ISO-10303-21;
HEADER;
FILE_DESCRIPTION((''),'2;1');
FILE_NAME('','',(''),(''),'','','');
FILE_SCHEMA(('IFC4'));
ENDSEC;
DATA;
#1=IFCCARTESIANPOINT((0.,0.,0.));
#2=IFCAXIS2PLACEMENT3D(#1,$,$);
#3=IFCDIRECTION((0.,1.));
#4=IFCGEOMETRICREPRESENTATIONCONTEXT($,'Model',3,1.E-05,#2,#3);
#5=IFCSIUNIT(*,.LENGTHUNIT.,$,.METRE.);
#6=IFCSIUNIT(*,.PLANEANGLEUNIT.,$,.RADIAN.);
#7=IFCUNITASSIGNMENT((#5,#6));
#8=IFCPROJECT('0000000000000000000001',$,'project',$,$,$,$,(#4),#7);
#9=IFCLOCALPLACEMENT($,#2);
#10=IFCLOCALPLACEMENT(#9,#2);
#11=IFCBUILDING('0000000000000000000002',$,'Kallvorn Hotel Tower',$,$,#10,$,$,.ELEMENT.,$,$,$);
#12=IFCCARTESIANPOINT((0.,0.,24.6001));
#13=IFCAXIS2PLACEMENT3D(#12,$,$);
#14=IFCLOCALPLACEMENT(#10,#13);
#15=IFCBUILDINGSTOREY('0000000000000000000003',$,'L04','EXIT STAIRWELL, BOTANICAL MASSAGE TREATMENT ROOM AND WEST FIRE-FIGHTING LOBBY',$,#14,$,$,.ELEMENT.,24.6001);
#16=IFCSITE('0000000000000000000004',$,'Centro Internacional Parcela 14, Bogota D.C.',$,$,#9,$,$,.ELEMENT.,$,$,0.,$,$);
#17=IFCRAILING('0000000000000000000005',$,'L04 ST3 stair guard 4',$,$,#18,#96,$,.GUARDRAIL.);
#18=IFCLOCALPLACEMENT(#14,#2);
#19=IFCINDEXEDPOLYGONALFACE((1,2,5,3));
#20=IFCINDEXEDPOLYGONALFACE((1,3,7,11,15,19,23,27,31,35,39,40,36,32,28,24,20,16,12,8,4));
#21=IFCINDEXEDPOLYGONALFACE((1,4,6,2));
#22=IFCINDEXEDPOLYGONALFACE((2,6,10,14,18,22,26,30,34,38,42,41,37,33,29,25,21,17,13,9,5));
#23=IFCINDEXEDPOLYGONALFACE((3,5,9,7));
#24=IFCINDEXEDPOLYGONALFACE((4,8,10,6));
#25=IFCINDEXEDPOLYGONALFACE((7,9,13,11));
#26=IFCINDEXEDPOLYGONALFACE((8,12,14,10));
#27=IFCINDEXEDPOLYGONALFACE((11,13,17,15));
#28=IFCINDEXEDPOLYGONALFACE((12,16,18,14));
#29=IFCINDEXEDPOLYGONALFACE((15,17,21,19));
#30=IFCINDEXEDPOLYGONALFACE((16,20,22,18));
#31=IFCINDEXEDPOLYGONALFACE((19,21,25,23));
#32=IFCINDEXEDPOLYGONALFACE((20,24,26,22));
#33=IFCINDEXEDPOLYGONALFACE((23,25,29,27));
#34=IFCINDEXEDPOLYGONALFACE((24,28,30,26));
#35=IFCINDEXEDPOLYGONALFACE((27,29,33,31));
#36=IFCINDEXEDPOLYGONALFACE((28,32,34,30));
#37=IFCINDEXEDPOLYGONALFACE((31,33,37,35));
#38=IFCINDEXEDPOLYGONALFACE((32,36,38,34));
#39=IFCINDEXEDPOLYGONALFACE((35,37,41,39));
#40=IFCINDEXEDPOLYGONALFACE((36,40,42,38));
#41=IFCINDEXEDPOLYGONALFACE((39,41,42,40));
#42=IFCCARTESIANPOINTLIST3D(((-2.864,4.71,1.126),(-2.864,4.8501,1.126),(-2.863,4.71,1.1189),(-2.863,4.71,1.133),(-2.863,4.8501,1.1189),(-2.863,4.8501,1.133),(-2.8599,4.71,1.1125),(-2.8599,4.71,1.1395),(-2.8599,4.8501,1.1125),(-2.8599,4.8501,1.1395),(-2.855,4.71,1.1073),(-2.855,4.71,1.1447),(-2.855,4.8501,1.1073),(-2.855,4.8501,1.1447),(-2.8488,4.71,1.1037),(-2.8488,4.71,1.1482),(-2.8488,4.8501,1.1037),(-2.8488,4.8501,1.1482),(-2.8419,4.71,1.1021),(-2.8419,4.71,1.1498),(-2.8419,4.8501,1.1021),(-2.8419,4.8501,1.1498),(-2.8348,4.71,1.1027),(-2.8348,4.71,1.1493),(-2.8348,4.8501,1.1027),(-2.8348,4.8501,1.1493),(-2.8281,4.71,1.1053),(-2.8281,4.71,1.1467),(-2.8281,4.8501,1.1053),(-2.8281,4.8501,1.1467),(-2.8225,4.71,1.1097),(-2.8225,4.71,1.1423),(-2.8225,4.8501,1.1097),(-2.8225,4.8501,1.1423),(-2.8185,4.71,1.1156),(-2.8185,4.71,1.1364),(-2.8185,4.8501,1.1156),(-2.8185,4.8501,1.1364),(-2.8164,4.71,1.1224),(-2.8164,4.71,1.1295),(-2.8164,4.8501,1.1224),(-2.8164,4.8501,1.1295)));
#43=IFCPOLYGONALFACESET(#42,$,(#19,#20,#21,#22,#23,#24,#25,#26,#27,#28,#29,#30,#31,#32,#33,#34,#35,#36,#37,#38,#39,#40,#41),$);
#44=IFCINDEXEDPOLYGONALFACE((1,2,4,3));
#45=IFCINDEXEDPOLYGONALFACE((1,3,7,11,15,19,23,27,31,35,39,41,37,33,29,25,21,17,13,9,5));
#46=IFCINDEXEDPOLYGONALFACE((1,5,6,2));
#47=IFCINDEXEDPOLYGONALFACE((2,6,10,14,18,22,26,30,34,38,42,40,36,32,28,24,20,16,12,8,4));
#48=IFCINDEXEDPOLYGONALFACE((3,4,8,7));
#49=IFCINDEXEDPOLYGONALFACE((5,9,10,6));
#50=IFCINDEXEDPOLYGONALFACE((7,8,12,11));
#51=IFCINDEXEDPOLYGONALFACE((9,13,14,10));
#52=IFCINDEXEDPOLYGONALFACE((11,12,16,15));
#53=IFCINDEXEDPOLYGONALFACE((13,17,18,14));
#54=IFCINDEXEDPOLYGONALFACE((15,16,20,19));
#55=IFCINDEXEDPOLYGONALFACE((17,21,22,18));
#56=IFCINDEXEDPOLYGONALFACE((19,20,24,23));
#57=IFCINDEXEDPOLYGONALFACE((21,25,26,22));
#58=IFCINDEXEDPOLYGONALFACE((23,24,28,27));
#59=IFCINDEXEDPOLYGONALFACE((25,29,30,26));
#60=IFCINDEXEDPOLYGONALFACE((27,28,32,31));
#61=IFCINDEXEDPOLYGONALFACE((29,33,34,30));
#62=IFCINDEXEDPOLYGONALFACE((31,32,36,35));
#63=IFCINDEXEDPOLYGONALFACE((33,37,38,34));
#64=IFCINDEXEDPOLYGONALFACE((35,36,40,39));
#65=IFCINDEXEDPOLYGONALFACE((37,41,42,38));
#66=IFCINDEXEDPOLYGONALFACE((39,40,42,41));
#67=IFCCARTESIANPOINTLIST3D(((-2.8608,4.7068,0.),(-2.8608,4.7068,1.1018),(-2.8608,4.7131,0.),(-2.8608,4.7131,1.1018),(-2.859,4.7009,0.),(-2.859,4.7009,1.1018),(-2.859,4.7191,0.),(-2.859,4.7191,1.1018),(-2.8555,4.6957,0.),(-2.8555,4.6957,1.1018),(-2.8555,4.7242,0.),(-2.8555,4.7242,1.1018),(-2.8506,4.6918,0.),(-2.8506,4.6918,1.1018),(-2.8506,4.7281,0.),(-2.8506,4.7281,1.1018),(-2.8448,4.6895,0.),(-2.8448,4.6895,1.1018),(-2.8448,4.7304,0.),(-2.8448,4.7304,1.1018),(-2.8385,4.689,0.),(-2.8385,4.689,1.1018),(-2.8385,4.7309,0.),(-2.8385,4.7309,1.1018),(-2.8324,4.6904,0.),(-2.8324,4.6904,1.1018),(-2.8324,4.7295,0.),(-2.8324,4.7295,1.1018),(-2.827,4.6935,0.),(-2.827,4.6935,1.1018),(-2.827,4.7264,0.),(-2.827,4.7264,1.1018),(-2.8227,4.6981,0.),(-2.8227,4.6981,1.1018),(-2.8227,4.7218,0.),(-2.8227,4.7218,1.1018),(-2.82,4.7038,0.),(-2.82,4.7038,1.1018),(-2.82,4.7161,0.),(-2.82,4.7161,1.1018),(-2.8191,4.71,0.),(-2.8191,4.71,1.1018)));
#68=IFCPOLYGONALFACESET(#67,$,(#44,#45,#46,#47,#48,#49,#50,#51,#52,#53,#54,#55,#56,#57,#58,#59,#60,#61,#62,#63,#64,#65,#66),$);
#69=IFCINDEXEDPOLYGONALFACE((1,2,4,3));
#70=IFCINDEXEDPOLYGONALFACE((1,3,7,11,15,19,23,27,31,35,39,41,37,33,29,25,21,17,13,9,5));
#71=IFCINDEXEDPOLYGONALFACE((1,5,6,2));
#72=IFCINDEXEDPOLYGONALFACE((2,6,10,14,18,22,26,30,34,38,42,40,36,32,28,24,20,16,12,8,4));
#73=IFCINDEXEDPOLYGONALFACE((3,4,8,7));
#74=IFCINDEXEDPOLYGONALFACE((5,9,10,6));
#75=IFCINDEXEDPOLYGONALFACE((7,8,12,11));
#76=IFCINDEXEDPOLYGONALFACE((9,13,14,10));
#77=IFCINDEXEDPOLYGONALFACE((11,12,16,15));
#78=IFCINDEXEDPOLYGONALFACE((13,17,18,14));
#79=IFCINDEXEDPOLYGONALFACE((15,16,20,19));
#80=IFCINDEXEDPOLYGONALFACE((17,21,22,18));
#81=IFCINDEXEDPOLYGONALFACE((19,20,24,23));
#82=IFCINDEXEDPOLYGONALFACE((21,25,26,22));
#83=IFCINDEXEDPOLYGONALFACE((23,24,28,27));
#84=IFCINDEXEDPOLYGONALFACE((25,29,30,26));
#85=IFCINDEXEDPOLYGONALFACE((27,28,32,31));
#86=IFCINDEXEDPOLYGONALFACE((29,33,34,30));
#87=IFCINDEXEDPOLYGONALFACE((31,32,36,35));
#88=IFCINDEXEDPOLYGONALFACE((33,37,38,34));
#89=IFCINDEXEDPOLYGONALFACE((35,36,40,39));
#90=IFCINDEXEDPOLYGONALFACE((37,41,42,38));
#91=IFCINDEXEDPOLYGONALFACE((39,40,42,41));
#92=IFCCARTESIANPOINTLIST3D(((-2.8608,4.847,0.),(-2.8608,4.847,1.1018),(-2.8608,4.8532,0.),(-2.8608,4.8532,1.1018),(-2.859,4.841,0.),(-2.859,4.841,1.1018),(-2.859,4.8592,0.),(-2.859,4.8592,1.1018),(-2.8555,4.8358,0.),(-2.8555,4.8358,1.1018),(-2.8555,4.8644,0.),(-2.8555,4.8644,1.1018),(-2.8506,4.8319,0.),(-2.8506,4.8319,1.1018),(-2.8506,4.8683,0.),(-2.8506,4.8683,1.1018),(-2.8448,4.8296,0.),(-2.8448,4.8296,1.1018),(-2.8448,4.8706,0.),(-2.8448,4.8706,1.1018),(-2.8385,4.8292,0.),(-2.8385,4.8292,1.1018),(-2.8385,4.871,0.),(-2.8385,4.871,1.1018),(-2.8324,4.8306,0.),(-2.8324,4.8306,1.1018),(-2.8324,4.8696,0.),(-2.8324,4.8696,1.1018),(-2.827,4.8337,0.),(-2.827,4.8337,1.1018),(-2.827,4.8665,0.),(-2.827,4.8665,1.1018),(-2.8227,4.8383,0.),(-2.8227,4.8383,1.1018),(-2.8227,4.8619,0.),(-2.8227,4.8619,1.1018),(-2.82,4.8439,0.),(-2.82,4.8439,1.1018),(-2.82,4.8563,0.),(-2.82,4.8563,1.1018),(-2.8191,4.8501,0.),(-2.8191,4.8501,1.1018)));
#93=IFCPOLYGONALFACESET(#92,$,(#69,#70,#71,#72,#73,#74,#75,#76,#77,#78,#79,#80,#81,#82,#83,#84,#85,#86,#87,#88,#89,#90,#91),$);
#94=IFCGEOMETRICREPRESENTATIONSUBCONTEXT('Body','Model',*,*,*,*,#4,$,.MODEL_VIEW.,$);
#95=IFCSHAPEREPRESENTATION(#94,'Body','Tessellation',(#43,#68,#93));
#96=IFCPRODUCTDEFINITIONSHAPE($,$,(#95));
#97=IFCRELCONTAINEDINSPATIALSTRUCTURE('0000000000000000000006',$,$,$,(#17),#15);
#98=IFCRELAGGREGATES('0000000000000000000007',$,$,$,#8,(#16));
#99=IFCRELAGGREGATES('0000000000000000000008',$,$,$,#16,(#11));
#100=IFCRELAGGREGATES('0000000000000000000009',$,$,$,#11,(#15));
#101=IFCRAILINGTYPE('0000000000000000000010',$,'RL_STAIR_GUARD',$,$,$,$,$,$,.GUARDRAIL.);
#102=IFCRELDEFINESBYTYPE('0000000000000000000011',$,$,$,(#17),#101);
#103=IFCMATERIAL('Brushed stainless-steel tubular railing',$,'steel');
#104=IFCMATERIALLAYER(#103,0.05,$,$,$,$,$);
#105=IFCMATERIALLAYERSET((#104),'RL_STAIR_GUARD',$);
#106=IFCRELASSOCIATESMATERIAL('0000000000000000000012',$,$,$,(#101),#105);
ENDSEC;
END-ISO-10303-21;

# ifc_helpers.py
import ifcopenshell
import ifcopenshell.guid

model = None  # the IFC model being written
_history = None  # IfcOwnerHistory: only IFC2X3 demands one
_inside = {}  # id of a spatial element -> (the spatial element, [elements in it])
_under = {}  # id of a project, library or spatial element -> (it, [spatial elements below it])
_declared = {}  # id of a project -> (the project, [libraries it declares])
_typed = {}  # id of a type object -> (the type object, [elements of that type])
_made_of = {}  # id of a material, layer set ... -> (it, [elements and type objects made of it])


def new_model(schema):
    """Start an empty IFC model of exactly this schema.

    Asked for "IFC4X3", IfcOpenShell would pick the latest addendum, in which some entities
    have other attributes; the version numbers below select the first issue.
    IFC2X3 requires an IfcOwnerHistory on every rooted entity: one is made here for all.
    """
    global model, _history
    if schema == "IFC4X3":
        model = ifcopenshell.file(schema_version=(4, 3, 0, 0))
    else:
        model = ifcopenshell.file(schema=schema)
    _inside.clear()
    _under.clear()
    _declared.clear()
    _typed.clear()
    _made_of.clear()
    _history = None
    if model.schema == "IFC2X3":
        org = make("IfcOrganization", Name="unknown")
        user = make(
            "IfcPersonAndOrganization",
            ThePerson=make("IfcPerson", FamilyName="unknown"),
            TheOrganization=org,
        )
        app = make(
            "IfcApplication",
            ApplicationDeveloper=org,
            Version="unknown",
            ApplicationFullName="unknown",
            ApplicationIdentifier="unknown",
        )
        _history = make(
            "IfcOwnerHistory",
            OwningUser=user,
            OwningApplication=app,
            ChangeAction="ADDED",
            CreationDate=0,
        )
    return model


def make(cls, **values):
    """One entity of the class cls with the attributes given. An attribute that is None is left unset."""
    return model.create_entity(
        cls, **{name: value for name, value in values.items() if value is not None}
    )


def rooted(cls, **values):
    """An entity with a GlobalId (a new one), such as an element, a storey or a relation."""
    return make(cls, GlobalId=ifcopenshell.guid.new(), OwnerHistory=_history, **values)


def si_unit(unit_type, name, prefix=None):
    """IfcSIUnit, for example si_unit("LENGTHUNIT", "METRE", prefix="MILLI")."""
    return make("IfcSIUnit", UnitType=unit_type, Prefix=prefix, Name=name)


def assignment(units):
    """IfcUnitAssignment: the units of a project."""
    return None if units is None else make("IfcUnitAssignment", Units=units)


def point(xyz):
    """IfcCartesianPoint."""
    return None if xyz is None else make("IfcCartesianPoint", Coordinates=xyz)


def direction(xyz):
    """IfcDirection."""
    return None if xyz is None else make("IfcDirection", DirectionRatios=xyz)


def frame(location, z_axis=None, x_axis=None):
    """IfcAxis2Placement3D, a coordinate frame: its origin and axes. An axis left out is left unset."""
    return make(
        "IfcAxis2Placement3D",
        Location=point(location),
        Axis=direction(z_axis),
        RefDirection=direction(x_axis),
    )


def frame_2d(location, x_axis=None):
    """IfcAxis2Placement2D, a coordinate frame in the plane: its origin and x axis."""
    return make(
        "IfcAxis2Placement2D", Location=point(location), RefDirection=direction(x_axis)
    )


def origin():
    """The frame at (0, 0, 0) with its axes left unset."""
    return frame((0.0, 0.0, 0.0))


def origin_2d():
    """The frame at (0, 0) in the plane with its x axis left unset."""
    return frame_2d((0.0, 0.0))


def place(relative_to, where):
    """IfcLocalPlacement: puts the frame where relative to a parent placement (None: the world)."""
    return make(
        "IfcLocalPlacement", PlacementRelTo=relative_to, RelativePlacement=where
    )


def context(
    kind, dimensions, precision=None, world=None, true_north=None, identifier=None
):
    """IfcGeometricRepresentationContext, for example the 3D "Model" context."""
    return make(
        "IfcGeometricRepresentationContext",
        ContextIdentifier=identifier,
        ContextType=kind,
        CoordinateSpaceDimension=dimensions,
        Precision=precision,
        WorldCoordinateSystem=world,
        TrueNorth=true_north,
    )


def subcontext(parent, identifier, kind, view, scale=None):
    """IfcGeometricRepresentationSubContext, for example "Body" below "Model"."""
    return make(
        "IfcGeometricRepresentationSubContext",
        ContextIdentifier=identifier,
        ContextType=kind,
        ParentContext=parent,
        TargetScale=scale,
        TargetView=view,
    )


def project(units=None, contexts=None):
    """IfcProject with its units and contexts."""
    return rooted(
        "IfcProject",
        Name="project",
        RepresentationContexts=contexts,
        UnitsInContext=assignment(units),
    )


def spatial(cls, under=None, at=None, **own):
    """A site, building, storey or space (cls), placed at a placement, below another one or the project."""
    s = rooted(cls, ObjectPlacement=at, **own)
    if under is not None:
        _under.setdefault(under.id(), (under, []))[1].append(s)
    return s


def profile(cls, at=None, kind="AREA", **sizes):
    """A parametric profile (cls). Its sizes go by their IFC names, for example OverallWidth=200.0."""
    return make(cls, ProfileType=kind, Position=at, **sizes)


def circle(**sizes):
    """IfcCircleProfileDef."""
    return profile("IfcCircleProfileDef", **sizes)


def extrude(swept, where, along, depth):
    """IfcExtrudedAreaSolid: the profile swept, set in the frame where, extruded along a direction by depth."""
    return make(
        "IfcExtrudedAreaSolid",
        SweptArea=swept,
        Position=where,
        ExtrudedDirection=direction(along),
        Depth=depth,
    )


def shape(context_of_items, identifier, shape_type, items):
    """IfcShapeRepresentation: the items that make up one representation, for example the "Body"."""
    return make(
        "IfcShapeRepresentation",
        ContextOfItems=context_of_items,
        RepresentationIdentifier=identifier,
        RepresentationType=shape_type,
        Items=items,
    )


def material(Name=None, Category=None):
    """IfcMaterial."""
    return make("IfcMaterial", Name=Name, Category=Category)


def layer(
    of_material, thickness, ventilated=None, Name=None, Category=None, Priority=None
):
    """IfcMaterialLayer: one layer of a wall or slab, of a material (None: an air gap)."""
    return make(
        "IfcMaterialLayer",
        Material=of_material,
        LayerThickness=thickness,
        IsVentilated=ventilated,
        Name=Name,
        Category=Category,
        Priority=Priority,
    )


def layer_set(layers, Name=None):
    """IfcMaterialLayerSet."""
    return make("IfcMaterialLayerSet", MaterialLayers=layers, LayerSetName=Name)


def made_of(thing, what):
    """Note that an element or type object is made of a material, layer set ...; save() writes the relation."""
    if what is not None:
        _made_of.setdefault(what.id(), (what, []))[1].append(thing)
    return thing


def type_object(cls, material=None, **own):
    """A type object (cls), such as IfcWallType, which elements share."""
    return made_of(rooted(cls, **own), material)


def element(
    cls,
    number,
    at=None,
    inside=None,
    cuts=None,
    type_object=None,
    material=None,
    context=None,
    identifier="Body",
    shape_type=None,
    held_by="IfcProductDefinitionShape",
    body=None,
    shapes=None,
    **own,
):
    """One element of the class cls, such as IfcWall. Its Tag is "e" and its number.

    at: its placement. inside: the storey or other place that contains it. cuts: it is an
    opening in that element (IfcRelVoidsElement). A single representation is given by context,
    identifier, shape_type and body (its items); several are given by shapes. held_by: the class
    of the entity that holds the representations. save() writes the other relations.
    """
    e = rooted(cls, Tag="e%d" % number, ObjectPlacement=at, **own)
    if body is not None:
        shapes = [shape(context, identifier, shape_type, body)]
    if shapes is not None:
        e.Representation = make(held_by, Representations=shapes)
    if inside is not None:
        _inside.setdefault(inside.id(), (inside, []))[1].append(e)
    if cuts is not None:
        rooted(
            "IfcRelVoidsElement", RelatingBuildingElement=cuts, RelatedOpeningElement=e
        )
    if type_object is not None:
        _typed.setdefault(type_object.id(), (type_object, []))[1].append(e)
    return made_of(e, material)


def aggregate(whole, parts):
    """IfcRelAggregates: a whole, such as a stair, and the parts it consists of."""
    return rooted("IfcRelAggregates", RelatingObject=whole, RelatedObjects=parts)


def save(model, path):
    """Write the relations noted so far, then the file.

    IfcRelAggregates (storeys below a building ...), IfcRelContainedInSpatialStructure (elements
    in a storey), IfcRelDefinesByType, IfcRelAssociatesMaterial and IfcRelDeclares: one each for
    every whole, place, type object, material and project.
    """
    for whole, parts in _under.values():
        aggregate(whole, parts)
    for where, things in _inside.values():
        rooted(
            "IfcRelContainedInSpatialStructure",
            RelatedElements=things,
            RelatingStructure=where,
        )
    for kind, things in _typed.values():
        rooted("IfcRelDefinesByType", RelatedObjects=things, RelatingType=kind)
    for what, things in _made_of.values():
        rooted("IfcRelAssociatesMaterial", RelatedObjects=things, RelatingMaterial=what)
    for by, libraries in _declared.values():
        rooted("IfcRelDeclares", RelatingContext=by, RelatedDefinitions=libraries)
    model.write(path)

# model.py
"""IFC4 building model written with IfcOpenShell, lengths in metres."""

from ifc_helpers import new_model, si_unit, direction, frame, origin, origin_2d, place, context, subcontext, project, spatial, circle, extrude, material, layer, layer_set, type_object, element, save


model = new_model("IFC4")

# Units and contexts
model_context = context("Model", 3, precision=1e-05, world=origin(), true_north=direction((0.0, 1.0)))
body_context = subcontext(model_context, "Body", "Model", "MODEL_VIEW")
ifc_project = project(units=[si_unit("LENGTHUNIT", "METRE"), si_unit("PLANEANGLEUNIT", "RADIAN")], contexts=[model_context])

# Site, building, storey
site_placement = place(None, origin())
site = spatial("IfcSite", under=ifc_project, at=site_placement, Name="Centro Internacional Parcela 14, Bogota D.C.", CompositionType="ELEMENT", RefElevation=0.0)
building_placement = place(site_placement, origin())
building = spatial("IfcBuilding", under=site, at=building_placement, Name="Kallvorn Hotel Tower", CompositionType="ELEMENT")
storey_placement = place(building_placement, frame((0.0, 0.0, 24.6001)))
storey = spatial("IfcBuildingStorey", under=building, at=storey_placement, Name="L04", Description="EXIT STAIRWELL, BOTANICAL MASSAGE TREATMENT ROOM AND WEST FIRE-FIGHTING LOBBY", CompositionType="ELEMENT", Elevation=24.6001)

# Railing
ifc_material_1 = material(Name="Brushed stainless-steel tubular railing", Category="steel")
ifc_layer_1 = layer(ifc_material_1, 0.05)
ifc_layer_set_1 = layer_set([ifc_layer_1], Name="RL_STAIR_GUARD")
railing_type_1 = type_object("IfcRailingType", Name="RL_STAIR_GUARD", PredefinedType="GUARDRAIL", material=ifc_layer_set_1)
railing_1_placement = place(storey_placement, frame((-2.8401, 4.71, 0.0)))
element("IfcRailing", 1, at=railing_1_placement, inside=storey, type_object=railing_type_1, Name="L04 ST3 stair guard 4", PredefinedType="GUARDRAIL", context=body_context, shape_type="SweptSolid", body=[
    extrude(circle(Radius=0.0239, at=origin_2d()), frame((0.0, 0.0, 1.126), z_axis=(0.0, 1.0, 0.0), x_axis=(-1.0, 0.0, 0.0)), (0.0, 0.0, 1.0), 0.1401),
    extrude(circle(Radius=0.021, at=origin_2d()), origin(), (0.0, 0.0, 1.0), 1.1018),
    extrude(circle(Radius=0.021, at=origin_2d()), frame((0.0, 0.1401, 0.0)), (0.0, 0.0, 1.0), 1.1018),
])

save(model, "model.ifc")
